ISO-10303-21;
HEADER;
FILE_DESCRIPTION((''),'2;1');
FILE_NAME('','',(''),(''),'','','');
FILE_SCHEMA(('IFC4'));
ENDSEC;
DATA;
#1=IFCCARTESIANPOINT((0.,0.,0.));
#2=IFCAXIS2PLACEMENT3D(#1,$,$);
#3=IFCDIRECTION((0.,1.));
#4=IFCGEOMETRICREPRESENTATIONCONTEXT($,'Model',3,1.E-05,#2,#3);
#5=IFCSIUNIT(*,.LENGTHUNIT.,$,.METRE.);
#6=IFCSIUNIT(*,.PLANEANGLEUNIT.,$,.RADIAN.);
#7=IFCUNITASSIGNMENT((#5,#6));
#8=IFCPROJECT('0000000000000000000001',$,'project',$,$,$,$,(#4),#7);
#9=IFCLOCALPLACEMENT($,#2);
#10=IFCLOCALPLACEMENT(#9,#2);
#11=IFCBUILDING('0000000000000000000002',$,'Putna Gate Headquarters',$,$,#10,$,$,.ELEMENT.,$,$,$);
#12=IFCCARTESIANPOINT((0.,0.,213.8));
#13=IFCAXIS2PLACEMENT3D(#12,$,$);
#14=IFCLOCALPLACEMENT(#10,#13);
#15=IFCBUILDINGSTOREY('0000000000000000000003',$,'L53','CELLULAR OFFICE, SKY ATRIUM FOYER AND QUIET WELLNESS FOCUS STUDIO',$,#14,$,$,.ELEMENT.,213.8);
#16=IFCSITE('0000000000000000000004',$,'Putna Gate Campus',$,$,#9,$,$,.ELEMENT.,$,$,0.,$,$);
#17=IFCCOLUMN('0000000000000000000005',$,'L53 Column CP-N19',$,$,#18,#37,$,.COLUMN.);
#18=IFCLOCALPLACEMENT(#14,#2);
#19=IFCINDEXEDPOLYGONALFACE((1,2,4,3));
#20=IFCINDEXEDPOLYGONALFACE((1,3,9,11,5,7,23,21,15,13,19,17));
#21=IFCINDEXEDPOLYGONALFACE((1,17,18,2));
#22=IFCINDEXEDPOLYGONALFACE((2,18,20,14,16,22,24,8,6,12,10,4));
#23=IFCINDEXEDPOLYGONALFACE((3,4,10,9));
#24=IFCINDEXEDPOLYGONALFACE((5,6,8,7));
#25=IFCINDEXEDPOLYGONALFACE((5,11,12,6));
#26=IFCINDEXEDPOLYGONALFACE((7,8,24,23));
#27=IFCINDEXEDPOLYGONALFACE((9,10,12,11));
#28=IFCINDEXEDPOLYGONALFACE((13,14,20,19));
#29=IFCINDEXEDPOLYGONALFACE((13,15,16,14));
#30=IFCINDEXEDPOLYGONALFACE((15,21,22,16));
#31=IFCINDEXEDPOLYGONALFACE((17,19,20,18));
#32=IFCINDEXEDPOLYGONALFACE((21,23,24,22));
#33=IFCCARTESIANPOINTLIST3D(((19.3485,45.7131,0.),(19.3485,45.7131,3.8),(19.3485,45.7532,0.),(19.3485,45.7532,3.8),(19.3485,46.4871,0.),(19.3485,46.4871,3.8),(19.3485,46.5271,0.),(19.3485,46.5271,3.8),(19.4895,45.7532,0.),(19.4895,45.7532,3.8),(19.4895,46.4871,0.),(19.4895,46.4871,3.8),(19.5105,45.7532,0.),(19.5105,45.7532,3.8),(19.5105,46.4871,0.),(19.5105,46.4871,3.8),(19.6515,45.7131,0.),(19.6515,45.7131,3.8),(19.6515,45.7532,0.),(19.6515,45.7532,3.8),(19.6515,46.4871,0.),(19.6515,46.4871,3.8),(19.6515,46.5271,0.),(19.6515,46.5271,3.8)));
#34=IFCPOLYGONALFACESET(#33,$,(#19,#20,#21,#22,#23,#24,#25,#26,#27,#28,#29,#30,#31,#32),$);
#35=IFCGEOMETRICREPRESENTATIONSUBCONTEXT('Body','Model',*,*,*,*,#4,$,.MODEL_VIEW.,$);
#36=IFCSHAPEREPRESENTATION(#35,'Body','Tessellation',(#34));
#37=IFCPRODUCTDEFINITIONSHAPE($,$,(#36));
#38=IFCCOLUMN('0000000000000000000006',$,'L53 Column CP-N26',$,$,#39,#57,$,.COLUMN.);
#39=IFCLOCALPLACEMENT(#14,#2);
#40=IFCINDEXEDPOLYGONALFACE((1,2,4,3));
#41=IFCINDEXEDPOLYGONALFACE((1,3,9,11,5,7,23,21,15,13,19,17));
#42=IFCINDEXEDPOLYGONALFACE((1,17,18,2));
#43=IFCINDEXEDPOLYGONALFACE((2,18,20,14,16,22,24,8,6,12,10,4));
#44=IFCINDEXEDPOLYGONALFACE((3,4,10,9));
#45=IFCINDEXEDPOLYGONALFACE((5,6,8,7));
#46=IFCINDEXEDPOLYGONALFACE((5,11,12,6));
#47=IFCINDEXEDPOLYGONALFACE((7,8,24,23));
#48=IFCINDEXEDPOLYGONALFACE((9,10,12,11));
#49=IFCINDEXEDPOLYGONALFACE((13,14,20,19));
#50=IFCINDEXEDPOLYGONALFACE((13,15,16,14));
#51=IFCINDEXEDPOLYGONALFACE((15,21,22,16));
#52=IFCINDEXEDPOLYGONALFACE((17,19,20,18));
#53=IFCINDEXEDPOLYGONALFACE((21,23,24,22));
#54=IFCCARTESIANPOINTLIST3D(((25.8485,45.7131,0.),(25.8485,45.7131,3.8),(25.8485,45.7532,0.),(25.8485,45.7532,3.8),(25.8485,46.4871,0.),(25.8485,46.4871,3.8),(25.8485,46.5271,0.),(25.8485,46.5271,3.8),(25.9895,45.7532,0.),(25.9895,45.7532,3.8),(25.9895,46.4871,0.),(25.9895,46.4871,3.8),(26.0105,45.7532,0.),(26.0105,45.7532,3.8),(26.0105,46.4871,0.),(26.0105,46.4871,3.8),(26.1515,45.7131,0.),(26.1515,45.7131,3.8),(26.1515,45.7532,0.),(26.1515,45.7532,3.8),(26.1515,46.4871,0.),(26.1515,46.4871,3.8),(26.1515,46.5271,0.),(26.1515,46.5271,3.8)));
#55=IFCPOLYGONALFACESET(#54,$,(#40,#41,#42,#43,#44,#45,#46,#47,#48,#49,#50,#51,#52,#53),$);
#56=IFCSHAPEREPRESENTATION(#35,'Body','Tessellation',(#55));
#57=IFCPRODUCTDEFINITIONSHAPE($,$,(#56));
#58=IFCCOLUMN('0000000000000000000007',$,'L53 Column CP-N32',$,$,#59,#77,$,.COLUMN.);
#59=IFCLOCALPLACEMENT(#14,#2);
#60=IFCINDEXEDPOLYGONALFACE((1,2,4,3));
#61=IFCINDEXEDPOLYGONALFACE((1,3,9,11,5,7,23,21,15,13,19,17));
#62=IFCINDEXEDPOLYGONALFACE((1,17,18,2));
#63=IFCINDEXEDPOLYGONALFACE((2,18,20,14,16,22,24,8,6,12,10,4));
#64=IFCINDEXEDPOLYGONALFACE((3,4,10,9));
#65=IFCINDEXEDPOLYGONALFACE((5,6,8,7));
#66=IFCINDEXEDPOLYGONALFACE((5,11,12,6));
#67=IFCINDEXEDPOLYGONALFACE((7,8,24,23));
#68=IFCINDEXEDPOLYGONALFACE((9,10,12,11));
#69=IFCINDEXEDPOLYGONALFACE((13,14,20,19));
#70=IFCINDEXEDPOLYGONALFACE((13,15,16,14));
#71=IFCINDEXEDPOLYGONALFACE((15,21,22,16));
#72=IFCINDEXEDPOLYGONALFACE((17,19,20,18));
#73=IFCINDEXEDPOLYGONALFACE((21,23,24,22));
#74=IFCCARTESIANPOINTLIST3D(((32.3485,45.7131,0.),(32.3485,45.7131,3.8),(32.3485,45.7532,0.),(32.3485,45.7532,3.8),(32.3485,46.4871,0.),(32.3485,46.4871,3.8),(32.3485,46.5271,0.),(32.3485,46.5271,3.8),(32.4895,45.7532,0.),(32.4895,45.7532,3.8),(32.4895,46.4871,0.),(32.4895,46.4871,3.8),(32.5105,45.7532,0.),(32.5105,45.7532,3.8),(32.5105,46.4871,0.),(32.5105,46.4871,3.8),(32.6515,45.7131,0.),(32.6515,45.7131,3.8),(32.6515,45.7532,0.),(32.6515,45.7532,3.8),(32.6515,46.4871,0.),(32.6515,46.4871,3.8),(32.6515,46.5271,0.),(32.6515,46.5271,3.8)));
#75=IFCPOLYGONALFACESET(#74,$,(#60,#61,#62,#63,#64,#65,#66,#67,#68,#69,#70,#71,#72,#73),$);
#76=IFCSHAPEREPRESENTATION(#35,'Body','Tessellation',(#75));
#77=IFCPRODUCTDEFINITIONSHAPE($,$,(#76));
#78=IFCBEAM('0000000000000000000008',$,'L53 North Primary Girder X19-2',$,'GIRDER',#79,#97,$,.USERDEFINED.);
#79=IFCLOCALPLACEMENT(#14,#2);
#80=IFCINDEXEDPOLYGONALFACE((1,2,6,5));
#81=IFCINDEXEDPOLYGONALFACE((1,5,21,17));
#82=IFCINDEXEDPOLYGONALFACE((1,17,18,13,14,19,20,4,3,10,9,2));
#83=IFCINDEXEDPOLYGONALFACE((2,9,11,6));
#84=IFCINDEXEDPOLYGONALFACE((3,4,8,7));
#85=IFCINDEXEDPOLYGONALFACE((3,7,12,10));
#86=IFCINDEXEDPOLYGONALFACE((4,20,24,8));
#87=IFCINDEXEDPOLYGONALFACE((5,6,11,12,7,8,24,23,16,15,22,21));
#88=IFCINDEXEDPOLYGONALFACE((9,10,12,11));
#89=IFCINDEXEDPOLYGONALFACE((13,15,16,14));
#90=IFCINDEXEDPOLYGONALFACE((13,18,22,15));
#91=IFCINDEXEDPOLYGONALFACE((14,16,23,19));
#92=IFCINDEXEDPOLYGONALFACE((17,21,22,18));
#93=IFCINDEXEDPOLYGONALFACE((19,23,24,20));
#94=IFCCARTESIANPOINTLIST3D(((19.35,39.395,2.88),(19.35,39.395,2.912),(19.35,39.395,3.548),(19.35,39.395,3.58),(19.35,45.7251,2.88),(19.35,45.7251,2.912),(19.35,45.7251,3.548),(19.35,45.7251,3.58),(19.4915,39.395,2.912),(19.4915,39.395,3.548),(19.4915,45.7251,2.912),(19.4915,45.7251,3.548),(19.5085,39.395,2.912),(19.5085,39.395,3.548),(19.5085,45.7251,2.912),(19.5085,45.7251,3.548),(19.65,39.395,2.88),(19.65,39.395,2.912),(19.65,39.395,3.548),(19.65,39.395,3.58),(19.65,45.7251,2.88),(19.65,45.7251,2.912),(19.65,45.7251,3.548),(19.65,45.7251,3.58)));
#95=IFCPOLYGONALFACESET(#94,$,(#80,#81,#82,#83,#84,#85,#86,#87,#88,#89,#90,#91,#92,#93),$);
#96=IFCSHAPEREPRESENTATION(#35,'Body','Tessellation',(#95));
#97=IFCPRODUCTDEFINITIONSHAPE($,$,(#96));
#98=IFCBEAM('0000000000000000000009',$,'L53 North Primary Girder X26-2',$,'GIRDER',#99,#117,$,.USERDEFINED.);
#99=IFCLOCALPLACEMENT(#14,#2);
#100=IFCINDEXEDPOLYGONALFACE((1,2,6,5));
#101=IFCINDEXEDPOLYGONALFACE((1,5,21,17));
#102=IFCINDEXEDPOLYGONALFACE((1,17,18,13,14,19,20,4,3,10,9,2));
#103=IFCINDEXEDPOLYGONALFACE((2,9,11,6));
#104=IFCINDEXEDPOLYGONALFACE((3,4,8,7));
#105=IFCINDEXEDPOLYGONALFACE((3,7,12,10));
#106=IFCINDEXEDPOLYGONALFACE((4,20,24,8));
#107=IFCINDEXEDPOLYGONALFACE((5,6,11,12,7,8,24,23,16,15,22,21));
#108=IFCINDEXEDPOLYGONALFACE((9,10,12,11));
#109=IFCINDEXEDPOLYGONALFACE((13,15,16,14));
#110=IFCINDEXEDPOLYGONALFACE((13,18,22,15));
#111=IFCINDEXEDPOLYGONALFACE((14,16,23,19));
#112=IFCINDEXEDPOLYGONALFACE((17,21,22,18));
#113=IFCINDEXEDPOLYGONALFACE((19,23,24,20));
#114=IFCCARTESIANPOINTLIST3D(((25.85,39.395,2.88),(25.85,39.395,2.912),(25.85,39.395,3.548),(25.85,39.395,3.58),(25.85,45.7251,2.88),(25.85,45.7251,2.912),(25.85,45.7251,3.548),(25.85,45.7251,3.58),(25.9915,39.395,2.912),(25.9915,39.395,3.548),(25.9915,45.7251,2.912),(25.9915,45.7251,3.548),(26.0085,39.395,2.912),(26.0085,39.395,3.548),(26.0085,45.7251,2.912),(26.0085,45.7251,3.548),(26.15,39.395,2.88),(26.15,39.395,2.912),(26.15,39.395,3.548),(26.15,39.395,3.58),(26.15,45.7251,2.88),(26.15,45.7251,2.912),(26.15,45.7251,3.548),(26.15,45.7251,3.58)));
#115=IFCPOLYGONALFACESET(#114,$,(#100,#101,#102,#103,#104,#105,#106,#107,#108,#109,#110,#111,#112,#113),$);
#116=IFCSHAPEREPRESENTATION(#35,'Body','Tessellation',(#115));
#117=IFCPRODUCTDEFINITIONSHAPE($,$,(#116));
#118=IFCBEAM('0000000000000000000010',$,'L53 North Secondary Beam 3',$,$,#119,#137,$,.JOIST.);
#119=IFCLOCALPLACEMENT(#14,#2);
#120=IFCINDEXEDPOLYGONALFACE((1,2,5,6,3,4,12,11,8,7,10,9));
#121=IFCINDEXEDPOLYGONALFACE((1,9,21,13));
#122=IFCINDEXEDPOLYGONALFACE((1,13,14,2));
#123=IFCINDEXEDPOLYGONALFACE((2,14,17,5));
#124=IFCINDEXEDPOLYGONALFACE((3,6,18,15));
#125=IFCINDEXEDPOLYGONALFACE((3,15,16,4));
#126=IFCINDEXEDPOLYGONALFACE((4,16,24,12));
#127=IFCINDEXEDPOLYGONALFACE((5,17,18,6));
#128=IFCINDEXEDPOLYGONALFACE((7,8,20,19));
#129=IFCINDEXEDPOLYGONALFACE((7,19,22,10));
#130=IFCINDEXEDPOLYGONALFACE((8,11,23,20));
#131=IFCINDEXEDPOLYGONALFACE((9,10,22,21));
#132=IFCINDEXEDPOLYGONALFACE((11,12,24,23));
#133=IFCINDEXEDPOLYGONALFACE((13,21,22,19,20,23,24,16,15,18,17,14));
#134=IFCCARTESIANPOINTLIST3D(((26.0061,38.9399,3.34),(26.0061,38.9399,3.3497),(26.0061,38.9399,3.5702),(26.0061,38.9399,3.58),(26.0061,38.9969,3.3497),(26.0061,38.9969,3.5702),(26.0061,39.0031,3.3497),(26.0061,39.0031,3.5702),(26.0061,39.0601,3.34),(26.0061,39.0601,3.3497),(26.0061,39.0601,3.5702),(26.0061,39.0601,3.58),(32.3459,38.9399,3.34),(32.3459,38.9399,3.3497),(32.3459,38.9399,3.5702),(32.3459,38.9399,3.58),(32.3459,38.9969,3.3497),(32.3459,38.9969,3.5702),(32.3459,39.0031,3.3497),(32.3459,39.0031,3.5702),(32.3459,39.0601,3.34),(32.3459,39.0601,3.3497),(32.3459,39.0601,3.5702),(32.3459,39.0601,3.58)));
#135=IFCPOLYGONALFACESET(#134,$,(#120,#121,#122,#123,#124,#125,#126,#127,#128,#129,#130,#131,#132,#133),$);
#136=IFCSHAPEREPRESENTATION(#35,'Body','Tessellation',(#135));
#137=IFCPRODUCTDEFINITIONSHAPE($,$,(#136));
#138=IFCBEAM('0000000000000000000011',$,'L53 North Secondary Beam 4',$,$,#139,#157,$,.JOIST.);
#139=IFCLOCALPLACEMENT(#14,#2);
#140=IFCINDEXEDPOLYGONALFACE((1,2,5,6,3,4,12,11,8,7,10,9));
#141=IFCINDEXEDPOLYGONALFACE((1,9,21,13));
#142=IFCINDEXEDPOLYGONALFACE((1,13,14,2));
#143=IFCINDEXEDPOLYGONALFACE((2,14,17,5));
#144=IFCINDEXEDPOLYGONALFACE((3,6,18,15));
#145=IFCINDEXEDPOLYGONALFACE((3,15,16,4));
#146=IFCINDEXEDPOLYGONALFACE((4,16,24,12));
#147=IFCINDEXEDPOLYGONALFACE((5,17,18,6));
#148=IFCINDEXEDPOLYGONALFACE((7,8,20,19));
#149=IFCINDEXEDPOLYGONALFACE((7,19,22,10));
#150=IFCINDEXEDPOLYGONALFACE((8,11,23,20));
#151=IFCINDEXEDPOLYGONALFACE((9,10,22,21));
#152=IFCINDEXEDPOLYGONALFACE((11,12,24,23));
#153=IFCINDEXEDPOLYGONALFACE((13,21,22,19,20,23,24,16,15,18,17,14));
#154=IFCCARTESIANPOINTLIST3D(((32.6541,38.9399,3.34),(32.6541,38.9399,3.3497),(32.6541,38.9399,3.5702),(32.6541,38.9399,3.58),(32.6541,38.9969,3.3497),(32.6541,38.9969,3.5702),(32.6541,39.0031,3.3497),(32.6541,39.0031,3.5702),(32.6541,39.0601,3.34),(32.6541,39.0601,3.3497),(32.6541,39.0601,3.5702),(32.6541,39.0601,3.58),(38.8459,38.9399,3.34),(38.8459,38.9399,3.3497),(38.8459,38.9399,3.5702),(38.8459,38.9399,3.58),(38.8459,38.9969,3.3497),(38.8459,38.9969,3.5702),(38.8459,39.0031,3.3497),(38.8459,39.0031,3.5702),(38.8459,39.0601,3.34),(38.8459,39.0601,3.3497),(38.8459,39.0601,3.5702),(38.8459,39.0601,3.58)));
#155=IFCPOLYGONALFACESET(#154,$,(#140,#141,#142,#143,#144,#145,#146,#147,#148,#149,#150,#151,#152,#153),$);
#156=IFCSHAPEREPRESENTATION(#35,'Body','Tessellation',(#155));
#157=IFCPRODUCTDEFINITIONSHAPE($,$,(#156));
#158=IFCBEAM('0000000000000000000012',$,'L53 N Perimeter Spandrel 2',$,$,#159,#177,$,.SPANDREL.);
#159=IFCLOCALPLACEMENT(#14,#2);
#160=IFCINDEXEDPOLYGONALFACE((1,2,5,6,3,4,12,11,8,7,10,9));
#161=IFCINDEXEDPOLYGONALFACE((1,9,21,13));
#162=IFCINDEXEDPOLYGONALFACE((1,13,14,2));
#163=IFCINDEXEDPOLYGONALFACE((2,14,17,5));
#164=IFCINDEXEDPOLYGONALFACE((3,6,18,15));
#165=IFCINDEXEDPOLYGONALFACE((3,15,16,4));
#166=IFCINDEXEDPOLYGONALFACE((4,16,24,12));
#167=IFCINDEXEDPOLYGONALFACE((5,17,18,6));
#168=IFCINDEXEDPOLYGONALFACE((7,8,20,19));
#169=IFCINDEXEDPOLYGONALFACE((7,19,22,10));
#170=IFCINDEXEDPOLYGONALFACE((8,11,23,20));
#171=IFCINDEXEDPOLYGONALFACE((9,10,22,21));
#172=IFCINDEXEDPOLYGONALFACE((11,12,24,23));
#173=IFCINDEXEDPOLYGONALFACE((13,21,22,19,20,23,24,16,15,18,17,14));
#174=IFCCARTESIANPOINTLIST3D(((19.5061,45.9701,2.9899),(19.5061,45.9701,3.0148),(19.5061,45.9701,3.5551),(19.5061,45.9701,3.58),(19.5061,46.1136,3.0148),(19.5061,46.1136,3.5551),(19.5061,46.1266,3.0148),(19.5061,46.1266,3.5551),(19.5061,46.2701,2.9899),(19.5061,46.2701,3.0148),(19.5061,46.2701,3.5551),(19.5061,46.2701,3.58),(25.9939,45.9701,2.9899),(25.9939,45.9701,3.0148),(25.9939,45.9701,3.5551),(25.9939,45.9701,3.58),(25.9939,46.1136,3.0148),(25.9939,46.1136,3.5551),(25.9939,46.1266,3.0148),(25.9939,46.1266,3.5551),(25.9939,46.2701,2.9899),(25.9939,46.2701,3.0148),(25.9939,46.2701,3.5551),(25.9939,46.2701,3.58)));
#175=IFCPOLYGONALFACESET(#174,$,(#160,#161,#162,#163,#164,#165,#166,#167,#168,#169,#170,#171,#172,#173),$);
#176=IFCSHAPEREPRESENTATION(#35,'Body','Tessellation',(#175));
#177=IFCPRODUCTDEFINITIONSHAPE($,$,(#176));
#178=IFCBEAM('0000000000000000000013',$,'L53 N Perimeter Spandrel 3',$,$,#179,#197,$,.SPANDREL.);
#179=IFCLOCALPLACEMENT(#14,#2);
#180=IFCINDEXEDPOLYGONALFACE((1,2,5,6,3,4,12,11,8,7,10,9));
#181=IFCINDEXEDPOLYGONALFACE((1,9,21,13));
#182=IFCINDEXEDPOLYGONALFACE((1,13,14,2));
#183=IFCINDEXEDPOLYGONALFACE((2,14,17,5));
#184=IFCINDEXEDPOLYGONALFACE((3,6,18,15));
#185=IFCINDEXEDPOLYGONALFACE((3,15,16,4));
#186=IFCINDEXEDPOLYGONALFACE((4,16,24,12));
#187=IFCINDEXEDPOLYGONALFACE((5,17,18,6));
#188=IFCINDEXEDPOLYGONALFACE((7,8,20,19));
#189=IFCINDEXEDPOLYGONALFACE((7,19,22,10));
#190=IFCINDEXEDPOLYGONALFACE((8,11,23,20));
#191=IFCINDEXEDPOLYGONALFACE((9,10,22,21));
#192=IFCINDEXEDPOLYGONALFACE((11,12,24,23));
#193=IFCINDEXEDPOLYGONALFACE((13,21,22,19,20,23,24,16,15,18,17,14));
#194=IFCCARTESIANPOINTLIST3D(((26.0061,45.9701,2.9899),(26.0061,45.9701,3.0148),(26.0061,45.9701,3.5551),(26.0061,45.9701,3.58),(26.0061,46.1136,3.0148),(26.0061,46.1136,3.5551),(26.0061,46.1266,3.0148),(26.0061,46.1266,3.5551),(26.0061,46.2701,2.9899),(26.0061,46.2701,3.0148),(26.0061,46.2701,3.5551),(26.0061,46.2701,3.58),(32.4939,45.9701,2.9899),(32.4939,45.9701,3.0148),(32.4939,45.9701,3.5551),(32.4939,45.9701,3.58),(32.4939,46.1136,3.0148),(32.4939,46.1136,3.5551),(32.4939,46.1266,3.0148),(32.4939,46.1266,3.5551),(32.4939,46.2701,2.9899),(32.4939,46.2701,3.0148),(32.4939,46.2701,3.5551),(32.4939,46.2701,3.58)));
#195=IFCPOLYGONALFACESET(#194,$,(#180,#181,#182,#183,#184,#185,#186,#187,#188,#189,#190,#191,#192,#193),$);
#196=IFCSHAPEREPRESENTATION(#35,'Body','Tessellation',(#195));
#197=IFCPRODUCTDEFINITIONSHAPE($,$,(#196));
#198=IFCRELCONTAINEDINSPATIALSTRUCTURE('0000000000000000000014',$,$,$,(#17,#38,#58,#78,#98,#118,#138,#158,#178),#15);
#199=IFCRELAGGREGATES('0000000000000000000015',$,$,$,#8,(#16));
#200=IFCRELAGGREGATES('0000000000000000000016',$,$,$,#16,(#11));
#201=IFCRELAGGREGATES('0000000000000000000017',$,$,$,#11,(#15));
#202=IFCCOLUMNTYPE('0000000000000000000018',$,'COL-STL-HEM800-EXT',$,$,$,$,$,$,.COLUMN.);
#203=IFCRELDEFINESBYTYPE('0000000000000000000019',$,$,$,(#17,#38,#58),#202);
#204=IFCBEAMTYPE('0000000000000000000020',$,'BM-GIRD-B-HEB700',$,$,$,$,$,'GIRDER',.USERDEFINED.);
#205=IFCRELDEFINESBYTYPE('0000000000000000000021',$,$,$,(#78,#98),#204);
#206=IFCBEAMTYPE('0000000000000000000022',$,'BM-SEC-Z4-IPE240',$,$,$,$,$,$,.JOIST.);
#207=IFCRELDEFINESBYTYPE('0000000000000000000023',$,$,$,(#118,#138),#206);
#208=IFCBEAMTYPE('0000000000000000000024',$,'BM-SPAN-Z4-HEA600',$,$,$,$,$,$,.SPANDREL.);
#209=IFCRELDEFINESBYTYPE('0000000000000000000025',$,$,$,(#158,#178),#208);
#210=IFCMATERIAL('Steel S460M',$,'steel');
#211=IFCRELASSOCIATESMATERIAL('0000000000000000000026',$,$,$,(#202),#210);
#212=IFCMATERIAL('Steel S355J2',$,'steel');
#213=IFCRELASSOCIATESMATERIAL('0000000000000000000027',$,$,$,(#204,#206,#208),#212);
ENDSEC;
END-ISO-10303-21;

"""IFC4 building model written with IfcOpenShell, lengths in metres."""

from ifc_helpers import new_model, si_unit, direction, frame, origin, origin_2d, place, context, subcontext, project, spatial, i_section, extrude, material, material_profile, profile_set, type_object, element, save


model = new_model("IFC4")

# Units and contexts
model_context = context("Model", 3, precision=1e-05, world=origin(), true_north=direction((0.0, 1.0)))
body_context = subcontext(model_context, "Body", "Model", "MODEL_VIEW")
ifc_project = project(units=[si_unit("LENGTHUNIT", "METRE"), si_unit("PLANEANGLEUNIT", "RADIAN")], contexts=[model_context])

# Site, building, storey
site_placement = place(None, origin())
site = spatial("IfcSite", under=ifc_project, at=site_placement, Name="Putna Gate Campus", CompositionType="ELEMENT", RefElevation=0.0)
building_placement = place(site_placement, origin())
building = spatial("IfcBuilding", under=site, at=building_placement, Name="Putna Gate Headquarters", CompositionType="ELEMENT")
storey_placement = place(building_placement, frame((0.0, 0.0, 213.8)))
storey = spatial("IfcBuildingStorey", under=building, at=storey_placement, Name="L53", Description="CELLULAR OFFICE, SKY ATRIUM FOYER AND QUIET WELLNESS FOCUS STUDIO", CompositionType="ELEMENT", Elevation=213.8)

# Columns
ifc_material_1 = material(Name="Steel S460M", Category="steel")
ifc_material_profile_1 = material_profile(ifc_material_1, i_section(OverallWidth=0.303, OverallDepth=0.814, WebThickness=0.021, FlangeThickness=0.04, at=origin_2d()), Name="Steel S460M")
ifc_profile_set_1 = profile_set([ifc_material_profile_1], Name="Steel S460M")
column_type = type_object("IfcColumnType", Name="COL-STL-HEM800-EXT", PredefinedType="COLUMN", material=ifc_profile_set_1)
for number, where, z_axis, x_axis, name in (
    (1, (19.5, 46.1201, 0.0), (0.0, 0.0, 1.0), (1.0, 0.0, 0.0), "L53 Column CP-N19"),
    (2, (26.0, 46.1201, 0.0), (0.0, 0.0, 1.0), (1.0, 0.0, 0.0), "L53 Column CP-N26"),
    (3, (32.5, 46.1201, 0.0), (0.0, 0.0, 1.0), (1.0, 0.0, 0.0), "L53 Column CP-N32"),
):
    element("IfcColumn", number, at=place(storey_placement, frame(where, z_axis=z_axis, x_axis=x_axis)), inside=storey, type_object=column_type, Name=name, PredefinedType="COLUMN", context=body_context, shape_type="SweptSolid", body=[
        extrude(i_section(OverallWidth=0.303, OverallDepth=0.814, WebThickness=0.021, FlangeThickness=0.04, at=origin_2d()), origin(), (0.0, 0.0, 1.0), 3.8),
    ])

# Beams
ifc_material_2 = material(Name="Steel S355J2", Category="steel")
ifc_material_profile_2 = material_profile(ifc_material_2, i_section(OverallWidth=0.3, OverallDepth=0.7, WebThickness=0.0171, FlangeThickness=0.032, at=origin_2d()), Name="Steel S355J2")
ifc_profile_set_2 = profile_set([ifc_material_profile_2], Name="Steel S355J2")
beam_type_1 = type_object("IfcBeamType", Name="BM-GIRD-B-HEB700", ElementType="GIRDER", PredefinedType="USERDEFINED", material=ifc_profile_set_2)
for number, where, z_axis, x_axis, name in (
    (4, (19.5, 39.395, 3.23), (0.0, 1.0, 0.0), (-1.0, 0.0, 0.0), "L53 North Primary Girder X19-2"),
    (5, (26.0, 39.395, 3.23), (0.0, 1.0, 0.0), (-1.0, 0.0, 0.0), "L53 North Primary Girder X26-2"),
):
    element("IfcBeam", number, at=place(storey_placement, frame(where, z_axis=z_axis, x_axis=x_axis)), inside=storey, type_object=beam_type_1, Name=name, ObjectType="GIRDER", PredefinedType="USERDEFINED", context=body_context, shape_type="SweptSolid", body=[
        extrude(i_section(OverallWidth=0.3, OverallDepth=0.7, WebThickness=0.0171, FlangeThickness=0.032, at=origin_2d()), origin(), (0.0, 0.0, 1.0), 6.3301),
    ])
ifc_material_profile_3 = material_profile(ifc_material_2, i_section(OverallWidth=0.1201, OverallDepth=0.24, WebThickness=0.0061, FlangeThickness=0.0098, at=origin_2d()), Name="Steel S355J2")
ifc_profile_set_3 = profile_set([ifc_material_profile_3], Name="Steel S355J2")
beam_type_2 = type_object("IfcBeamType", Name="BM-SEC-Z4-IPE240", PredefinedType="JOIST", material=ifc_profile_set_3)
beam_1_placement = place(storey_placement, frame((26.0061, 39.0, 3.46), z_axis=(1.0, 0.0, 0.0), x_axis=(0.0, 1.0, 0.0)))
element("IfcBeam", 6, at=beam_1_placement, inside=storey, type_object=beam_type_2, Name="L53 North Secondary Beam 3", PredefinedType="JOIST", context=body_context, shape_type="SweptSolid", body=[
    extrude(i_section(OverallWidth=0.1201, OverallDepth=0.24, WebThickness=0.0061, FlangeThickness=0.0098, at=origin_2d()), origin(), (0.0, 0.0, 1.0), 6.3398),
])
beam_2_placement = place(storey_placement, frame((32.6541, 39.0, 3.46), z_axis=(1.0, 0.0, 0.0), x_axis=(0.0, 1.0, 0.0)))
element("IfcBeam", 7, at=beam_2_placement, inside=storey, type_object=beam_type_2, Name="L53 North Secondary Beam 4", PredefinedType="JOIST", context=body_context, shape_type="SweptSolid", body=[
    extrude(i_section(OverallWidth=0.1201, OverallDepth=0.24, WebThickness=0.0061, FlangeThickness=0.0098, at=origin_2d()), origin(), (0.0, 0.0, 1.0), 6.1919),
])
ifc_material_profile_4 = material_profile(ifc_material_2, i_section(OverallWidth=0.3, OverallDepth=0.5901, WebThickness=0.0129, FlangeThickness=0.0249, at=origin_2d()), Name="Steel S355J2")
ifc_profile_set_4 = profile_set([ifc_material_profile_4], Name="Steel S355J2")
beam_type_3 = type_object("IfcBeamType", Name="BM-SPAN-Z4-HEA600", PredefinedType="SPANDREL", material=ifc_profile_set_4)
for number, where, z_axis, x_axis, name in (
    (8, (19.5061, 46.1201, 3.2849), (1.0, 0.0, 0.0), (0.0, 1.0, 0.0), "L53 N Perimeter Spandrel 2"),
    (9, (26.0061, 46.1201, 3.2849), (1.0, 0.0, 0.0), (0.0, 1.0, 0.0), "L53 N Perimeter Spandrel 3"),
):
    element("IfcBeam", number, at=place(storey_placement, frame(where, z_axis=z_axis, x_axis=x_axis)), inside=storey, type_object=beam_type_3, Name=name, PredefinedType="SPANDREL", context=body_context, shape_type="SweptSolid", body=[
        extrude(i_section(OverallWidth=0.3, OverallDepth=0.5901, WebThickness=0.0129, FlangeThickness=0.0249, at=origin_2d()), origin(), (0.0, 0.0, 1.0), 6.4878),
    ])

save(model, "model.ifc")
